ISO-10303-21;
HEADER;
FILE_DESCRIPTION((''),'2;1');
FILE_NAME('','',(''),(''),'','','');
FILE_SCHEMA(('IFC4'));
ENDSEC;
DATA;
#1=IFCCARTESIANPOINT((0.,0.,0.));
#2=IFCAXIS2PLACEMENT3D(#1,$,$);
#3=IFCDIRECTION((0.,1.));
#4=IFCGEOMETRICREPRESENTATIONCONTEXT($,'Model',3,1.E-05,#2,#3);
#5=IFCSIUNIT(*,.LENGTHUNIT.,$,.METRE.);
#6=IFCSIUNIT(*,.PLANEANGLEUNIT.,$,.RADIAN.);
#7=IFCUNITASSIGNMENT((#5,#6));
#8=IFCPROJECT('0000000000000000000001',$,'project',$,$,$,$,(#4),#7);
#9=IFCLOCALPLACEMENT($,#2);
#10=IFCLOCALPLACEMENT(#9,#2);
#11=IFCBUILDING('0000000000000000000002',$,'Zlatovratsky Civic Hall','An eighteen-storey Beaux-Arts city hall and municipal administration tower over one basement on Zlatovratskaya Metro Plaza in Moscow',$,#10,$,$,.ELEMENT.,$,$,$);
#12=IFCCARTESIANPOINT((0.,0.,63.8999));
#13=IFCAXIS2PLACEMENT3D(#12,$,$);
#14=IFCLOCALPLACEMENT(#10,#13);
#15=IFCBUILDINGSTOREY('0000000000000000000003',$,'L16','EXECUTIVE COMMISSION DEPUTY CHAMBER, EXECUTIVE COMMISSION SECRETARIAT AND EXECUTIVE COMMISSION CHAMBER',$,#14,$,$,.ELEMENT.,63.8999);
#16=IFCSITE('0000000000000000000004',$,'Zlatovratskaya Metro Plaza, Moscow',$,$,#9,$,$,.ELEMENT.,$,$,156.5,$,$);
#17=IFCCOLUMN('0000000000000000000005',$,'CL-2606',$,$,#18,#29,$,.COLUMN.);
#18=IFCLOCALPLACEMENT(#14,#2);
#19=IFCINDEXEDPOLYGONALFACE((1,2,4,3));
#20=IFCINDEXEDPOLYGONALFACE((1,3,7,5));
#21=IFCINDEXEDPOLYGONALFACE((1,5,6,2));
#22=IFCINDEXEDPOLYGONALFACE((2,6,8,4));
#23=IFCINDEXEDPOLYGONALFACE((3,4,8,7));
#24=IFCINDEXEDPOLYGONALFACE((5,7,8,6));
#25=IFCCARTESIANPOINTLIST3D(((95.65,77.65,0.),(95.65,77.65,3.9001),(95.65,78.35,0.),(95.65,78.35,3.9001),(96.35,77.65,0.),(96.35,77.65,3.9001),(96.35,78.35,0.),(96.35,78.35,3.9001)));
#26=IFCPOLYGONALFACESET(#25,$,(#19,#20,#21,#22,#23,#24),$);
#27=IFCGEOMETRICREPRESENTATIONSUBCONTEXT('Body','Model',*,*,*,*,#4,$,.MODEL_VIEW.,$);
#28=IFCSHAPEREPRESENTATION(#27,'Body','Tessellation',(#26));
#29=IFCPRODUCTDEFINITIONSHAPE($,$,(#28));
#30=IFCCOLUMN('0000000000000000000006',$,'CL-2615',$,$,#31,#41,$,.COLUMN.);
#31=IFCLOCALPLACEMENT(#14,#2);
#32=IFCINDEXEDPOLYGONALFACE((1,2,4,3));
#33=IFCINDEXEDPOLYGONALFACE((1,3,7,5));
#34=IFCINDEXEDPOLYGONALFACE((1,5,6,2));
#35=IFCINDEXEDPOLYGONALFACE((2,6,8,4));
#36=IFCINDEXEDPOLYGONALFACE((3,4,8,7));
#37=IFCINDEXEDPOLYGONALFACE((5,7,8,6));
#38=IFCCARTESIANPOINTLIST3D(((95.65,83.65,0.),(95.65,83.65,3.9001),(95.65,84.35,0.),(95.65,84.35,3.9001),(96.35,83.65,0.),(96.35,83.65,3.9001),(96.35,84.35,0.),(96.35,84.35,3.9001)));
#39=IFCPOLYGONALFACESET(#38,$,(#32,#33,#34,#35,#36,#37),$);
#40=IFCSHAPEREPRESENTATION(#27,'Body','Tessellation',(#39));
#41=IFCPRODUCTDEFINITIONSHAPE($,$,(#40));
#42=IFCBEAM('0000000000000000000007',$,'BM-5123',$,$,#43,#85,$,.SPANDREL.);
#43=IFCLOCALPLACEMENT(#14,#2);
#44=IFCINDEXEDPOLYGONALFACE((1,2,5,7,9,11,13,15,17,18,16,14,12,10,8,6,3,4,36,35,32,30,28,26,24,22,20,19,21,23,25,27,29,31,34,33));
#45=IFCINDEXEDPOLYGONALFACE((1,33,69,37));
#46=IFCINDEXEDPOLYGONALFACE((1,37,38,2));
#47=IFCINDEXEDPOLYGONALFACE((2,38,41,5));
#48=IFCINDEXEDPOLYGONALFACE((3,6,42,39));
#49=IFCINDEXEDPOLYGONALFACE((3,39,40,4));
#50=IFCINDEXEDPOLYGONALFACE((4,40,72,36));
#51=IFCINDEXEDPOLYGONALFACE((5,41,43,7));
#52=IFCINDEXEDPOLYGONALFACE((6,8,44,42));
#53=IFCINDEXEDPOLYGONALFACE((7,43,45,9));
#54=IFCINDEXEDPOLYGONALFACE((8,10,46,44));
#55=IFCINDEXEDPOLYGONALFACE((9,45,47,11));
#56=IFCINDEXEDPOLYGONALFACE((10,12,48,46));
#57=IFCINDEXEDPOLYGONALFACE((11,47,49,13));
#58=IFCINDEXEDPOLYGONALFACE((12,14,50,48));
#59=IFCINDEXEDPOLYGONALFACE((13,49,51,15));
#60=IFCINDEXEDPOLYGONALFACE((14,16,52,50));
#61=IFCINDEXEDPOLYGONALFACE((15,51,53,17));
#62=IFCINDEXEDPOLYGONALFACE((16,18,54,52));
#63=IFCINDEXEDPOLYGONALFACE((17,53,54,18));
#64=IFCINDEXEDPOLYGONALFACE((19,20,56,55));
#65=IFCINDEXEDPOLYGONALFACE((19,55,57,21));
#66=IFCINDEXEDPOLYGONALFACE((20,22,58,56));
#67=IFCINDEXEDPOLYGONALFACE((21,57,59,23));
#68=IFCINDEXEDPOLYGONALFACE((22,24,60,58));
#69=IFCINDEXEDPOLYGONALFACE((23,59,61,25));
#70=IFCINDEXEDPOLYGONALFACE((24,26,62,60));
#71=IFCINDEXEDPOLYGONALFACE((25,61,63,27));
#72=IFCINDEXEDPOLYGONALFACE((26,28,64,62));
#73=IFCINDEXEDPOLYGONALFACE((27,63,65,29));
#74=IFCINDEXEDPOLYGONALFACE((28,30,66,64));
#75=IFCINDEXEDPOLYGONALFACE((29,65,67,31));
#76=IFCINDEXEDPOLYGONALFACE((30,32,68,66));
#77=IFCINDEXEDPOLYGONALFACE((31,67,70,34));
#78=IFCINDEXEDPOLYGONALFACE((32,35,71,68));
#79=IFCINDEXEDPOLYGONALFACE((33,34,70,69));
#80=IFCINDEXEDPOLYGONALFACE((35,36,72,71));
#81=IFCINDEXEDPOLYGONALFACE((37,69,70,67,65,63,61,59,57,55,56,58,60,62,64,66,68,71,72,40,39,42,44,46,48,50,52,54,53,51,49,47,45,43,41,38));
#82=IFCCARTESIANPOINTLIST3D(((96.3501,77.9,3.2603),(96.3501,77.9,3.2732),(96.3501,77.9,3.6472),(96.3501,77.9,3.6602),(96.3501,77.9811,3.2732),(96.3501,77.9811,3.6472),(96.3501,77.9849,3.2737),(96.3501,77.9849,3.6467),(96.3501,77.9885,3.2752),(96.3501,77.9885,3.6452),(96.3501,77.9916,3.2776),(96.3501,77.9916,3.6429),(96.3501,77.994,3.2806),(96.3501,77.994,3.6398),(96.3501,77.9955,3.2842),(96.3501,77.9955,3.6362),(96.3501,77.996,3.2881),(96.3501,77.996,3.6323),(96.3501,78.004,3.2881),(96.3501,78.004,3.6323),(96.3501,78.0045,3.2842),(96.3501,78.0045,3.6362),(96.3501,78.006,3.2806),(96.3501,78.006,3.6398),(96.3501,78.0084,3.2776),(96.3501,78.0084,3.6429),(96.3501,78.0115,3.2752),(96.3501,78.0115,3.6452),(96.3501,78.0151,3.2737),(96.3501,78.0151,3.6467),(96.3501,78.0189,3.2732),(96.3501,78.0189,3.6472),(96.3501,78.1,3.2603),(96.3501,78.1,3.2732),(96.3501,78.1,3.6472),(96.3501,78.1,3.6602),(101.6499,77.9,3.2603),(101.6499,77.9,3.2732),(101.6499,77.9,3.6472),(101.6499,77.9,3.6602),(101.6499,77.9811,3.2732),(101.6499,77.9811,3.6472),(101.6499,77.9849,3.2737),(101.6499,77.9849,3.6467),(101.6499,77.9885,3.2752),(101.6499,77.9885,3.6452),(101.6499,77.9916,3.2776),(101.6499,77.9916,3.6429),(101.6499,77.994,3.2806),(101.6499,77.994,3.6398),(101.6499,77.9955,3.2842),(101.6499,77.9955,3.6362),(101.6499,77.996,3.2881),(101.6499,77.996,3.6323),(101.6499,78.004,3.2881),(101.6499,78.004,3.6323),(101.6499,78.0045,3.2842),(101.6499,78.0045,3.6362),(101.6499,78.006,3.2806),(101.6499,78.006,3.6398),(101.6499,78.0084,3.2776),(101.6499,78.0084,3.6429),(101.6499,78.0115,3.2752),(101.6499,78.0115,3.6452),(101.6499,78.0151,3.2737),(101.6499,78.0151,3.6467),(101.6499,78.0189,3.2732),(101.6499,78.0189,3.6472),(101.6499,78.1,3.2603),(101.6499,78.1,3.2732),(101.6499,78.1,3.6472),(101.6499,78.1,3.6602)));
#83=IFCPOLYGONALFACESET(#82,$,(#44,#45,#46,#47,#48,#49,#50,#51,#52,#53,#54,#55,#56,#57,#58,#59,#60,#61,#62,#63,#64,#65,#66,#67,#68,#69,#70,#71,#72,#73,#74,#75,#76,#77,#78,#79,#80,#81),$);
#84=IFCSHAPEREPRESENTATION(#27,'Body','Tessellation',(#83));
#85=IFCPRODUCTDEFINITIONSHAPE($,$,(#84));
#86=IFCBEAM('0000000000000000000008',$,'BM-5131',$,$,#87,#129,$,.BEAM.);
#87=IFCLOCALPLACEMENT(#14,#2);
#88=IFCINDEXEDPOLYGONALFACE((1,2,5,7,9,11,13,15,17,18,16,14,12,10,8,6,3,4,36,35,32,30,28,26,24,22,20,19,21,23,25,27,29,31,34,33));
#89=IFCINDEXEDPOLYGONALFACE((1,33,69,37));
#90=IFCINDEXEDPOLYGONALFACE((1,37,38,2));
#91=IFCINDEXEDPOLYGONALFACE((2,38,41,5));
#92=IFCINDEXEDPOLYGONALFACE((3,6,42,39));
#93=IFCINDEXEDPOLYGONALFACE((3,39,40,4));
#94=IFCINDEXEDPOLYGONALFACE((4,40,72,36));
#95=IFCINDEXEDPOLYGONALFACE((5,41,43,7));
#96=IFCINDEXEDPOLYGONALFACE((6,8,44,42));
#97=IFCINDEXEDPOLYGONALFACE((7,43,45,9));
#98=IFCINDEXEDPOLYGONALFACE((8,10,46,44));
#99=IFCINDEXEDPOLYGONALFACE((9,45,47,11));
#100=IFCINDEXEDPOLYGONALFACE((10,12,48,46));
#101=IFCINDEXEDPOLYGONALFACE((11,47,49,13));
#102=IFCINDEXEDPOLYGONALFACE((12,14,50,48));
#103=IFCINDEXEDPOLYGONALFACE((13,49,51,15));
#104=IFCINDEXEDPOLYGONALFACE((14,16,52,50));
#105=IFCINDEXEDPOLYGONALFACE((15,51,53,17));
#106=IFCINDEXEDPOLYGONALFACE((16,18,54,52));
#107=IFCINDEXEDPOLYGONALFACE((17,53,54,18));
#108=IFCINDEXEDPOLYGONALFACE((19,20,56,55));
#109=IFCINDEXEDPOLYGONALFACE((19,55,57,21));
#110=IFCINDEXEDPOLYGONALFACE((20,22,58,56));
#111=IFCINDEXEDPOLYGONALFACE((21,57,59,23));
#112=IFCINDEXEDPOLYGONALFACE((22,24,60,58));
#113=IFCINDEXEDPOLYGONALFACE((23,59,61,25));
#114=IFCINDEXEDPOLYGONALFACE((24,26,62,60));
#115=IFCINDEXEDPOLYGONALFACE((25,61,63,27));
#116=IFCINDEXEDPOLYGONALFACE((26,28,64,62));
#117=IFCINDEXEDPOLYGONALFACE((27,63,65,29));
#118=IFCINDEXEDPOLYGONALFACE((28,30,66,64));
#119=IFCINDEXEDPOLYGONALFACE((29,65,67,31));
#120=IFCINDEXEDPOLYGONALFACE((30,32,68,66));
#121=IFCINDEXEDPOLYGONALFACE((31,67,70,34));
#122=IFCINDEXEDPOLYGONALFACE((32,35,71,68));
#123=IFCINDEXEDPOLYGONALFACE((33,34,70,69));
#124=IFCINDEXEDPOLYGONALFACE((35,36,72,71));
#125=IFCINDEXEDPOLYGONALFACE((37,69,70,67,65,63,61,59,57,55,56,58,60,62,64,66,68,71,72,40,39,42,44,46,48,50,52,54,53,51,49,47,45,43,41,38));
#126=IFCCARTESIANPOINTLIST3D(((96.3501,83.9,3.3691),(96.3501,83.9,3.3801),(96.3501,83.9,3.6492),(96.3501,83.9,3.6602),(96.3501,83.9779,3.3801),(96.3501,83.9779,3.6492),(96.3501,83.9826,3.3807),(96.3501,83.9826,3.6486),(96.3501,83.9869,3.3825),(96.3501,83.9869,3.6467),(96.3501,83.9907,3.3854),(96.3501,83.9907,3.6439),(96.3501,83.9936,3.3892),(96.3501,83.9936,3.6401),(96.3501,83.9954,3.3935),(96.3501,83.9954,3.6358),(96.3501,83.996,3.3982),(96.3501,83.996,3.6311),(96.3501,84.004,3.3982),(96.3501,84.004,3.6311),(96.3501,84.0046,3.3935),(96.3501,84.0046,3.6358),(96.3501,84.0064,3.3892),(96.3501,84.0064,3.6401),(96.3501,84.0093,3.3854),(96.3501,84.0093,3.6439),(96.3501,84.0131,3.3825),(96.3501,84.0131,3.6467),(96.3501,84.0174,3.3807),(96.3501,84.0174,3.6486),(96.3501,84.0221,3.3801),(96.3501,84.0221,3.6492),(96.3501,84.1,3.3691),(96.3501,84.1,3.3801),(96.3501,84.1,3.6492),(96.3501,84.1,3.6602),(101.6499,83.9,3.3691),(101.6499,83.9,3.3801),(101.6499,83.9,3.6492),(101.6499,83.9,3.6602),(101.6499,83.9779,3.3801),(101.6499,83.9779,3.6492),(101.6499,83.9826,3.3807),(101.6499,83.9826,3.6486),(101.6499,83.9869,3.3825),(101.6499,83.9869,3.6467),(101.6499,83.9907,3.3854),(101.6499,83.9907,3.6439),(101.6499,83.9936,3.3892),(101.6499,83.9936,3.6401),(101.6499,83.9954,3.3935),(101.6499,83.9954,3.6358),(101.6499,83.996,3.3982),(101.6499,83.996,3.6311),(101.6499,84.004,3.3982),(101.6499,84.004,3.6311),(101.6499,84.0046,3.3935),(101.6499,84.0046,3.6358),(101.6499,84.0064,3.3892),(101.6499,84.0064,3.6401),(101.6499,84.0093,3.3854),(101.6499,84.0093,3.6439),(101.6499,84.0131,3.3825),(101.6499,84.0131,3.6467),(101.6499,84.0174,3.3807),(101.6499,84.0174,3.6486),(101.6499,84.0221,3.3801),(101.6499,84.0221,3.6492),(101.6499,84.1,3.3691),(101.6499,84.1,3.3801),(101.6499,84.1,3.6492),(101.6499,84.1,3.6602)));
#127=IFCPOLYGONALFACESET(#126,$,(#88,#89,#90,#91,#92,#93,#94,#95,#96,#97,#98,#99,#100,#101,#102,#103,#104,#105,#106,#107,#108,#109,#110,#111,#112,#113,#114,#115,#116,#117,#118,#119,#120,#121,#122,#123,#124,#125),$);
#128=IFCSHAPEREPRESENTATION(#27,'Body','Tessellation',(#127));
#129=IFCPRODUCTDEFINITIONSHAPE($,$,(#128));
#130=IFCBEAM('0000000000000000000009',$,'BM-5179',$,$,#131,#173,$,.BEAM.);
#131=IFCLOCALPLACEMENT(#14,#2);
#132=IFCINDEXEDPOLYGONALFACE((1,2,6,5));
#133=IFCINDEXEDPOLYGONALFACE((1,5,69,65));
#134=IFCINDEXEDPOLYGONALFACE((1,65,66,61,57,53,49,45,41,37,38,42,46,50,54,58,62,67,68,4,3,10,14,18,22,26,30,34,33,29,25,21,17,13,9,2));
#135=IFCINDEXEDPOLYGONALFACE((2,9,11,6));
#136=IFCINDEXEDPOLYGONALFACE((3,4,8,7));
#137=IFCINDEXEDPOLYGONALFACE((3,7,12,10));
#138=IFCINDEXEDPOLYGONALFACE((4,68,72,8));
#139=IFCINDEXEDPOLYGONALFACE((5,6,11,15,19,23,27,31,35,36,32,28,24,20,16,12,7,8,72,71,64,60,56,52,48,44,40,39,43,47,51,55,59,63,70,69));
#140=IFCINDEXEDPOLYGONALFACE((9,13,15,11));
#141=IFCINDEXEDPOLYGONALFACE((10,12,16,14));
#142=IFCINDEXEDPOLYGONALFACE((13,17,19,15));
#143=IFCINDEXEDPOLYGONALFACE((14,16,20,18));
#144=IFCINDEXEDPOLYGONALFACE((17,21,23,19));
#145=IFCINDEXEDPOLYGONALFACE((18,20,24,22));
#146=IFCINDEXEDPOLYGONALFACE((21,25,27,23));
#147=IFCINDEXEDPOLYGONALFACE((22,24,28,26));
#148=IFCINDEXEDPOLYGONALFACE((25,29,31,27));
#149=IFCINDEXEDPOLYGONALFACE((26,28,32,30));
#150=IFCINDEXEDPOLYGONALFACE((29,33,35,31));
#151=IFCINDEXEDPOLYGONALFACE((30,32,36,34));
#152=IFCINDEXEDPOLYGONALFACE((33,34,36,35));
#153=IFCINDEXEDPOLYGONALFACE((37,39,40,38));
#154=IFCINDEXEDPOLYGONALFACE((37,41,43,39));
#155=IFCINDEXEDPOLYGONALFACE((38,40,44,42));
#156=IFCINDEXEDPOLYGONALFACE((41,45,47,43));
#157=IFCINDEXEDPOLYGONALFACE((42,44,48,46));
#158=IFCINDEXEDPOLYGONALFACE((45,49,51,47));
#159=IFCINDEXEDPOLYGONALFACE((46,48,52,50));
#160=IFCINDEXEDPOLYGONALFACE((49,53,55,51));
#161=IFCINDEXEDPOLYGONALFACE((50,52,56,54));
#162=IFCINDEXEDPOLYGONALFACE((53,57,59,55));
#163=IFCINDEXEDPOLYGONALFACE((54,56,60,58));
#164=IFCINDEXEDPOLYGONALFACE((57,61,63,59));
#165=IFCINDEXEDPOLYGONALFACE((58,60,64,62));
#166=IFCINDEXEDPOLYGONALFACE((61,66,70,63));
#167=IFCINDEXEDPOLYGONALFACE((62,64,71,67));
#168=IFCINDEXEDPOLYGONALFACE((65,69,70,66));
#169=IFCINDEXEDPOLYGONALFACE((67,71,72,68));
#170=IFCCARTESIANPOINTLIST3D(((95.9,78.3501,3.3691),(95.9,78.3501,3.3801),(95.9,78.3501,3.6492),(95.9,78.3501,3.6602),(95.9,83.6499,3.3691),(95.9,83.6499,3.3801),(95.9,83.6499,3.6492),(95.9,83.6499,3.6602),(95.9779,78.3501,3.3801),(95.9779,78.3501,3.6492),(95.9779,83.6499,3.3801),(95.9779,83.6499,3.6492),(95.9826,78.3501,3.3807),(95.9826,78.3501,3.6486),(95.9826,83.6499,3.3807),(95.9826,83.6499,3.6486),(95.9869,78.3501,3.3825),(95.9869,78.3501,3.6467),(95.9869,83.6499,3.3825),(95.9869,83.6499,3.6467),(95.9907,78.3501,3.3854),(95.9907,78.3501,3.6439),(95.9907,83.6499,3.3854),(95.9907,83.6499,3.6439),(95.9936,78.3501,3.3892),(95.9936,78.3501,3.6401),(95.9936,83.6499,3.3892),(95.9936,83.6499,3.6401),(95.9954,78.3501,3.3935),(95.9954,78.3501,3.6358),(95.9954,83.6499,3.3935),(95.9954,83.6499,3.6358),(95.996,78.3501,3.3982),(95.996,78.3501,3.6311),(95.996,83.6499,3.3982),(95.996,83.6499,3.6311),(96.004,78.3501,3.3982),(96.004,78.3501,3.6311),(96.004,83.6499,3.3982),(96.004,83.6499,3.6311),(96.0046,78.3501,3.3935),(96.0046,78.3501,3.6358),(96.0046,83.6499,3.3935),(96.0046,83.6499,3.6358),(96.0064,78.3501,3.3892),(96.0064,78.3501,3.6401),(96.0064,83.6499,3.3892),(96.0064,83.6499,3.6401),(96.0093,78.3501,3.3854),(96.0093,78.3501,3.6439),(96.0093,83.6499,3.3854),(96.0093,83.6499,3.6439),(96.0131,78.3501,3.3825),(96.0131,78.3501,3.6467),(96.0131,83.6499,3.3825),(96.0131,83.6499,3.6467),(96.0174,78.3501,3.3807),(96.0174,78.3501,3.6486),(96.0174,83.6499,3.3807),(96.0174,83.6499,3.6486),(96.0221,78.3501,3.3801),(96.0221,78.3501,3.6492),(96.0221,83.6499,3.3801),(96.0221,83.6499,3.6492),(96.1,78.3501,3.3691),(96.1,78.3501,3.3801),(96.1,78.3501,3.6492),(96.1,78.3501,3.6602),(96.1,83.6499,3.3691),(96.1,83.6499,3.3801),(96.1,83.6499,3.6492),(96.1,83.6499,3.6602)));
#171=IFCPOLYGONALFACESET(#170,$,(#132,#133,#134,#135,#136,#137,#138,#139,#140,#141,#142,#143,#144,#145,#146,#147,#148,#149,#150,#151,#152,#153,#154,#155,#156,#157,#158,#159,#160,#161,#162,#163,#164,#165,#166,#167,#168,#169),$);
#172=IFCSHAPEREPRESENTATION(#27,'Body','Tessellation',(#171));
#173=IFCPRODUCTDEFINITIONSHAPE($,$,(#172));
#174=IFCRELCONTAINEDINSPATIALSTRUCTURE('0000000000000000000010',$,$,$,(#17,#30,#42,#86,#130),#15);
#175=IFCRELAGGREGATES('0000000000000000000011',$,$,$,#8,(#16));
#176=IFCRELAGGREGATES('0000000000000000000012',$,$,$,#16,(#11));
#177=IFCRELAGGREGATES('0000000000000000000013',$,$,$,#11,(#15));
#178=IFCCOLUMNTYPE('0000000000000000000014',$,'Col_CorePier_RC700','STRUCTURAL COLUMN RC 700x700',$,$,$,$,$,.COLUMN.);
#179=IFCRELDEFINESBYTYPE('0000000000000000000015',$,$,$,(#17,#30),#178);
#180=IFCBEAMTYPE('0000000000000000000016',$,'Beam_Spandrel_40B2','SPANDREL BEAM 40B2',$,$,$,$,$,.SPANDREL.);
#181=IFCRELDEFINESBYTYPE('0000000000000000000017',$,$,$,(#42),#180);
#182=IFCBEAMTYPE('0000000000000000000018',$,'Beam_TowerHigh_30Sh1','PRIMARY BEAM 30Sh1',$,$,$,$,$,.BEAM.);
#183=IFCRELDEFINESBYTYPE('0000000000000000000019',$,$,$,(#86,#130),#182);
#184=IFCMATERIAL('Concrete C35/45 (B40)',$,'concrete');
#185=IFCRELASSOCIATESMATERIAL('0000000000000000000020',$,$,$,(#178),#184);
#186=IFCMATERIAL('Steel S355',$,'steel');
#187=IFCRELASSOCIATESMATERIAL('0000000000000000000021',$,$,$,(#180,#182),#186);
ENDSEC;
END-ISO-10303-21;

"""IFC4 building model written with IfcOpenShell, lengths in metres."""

from ifc_helpers import new_model, si_unit, direction, frame, origin, origin_2d, place, context, subcontext, project, spatial, rectangle, i_section, extrude, material, material_profile, profile_set, type_object, element, save


model = new_model("IFC4")

# Units and contexts
model_context = context("Model", 3, precision=1e-05, world=origin(), true_north=direction((0.0, 1.0)))
body_context = subcontext(model_context, "Body", "Model", "MODEL_VIEW")
ifc_project = project(units=[si_unit("LENGTHUNIT", "METRE"), si_unit("PLANEANGLEUNIT", "RADIAN")], contexts=[model_context])

# Site, building, storey
site_placement = place(None, origin())
site = spatial("IfcSite", under=ifc_project, at=site_placement, Name="Zlatovratskaya Metro Plaza, Moscow", CompositionType="ELEMENT", RefElevation=156.5)
building_placement = place(site_placement, origin())
building = spatial("IfcBuilding", under=site, at=building_placement, Name="Zlatovratsky Civic Hall", Description="An eighteen-storey Beaux-Arts city hall and municipal administration tower over one basement on Zlatovratskaya Metro Plaza in Moscow", CompositionType="ELEMENT")
storey_placement = place(building_placement, frame((0.0, 0.0, 63.8999)))
storey = spatial("IfcBuildingStorey", under=building, at=storey_placement, Name="L16", Description="EXECUTIVE COMMISSION DEPUTY CHAMBER, EXECUTIVE COMMISSION SECRETARIAT AND EXECUTIVE COMMISSION CHAMBER", CompositionType="ELEMENT", Elevation=63.8999)

# Columns
ifc_material_1 = material(Name="Concrete C35/45 (B40)", Category="concrete")
ifc_material_profile_1 = material_profile(ifc_material_1, rectangle(XDim=0.7, YDim=0.7, at=origin_2d()), Name="RC 700x700")
ifc_profile_set_1 = profile_set([ifc_material_profile_1], Name="Concrete C35/45 (B40)")
column_type = type_object("IfcColumnType", Name="Col_CorePier_RC700", Description="STRUCTURAL COLUMN RC 700x700", PredefinedType="COLUMN", material=ifc_profile_set_1)
for number, where, z_axis, x_axis, name in (
    (1, (96.0, 78.0, 0.0), (0.0, 0.0, 1.0), (1.0, 0.0, 0.0), "CL-2606"),
    (2, (96.0, 84.0, 0.0), (0.0, 0.0, 1.0), (1.0, 0.0, 0.0), "CL-2615"),
):
    element("IfcColumn", number, at=place(storey_placement, frame(where, z_axis=z_axis, x_axis=x_axis)), inside=storey, type_object=column_type, Name=name, PredefinedType="COLUMN", context=body_context, shape_type="SweptSolid", body=[
        extrude(rectangle(XDim=0.7, YDim=0.7, at=origin_2d()), origin(), (0.0, 0.0, 1.0), 3.9001),
    ])

# Beams
ifc_material_2 = material(Name="Steel S355", Category="steel")
ifc_material_profile_2 = material_profile(ifc_material_2, i_section(OverallWidth=0.2, OverallDepth=0.3999, WebThickness=0.0081, FlangeThickness=0.0129, FilletRadius=0.0149, at=origin_2d()), Name="40B2")
ifc_profile_set_2 = profile_set([ifc_material_profile_2], Name="Steel S355")
beam_type_1 = type_object("IfcBeamType", Name="Beam_Spandrel_40B2", Description="SPANDREL BEAM 40B2", PredefinedType="SPANDREL", material=ifc_profile_set_2)
beam_placement = place(storey_placement, frame((96.3501, 78.0, 3.4602), z_axis=(1.0, 0.0, 0.0), x_axis=(0.0, 1.0, 0.0)))
element("IfcBeam", 3, at=beam_placement, inside=storey, type_object=beam_type_1, Name="BM-5123", PredefinedType="SPANDREL", context=body_context, shape_type="SweptSolid", body=[
    extrude(i_section(OverallWidth=0.2, OverallDepth=0.3999, WebThickness=0.0081, FlangeThickness=0.0129, FilletRadius=0.0149, at=origin_2d()), origin(), (0.0, 0.0, 1.0), 5.2998),
])
ifc_material_profile_3 = material_profile(ifc_material_2, i_section(OverallWidth=0.2, OverallDepth=0.291, WebThickness=0.0081, FlangeThickness=0.011, FilletRadius=0.0181, at=origin_2d()), Name="30Sh1")
ifc_profile_set_3 = profile_set([ifc_material_profile_3], Name="Steel S355")
beam_type_2 = type_object("IfcBeamType", Name="Beam_TowerHigh_30Sh1", Description="PRIMARY BEAM 30Sh1", PredefinedType="BEAM", material=ifc_profile_set_3)
for number, where, z_axis, x_axis, name in (
    (4, (96.3501, 84.0, 3.5146), (1.0, 0.0, 0.0), (0.0, 1.0, 0.0), "BM-5131"),
    (5, (96.0, 78.3501, 3.5146), (0.0, 1.0, 0.0), (-1.0, 0.0, 0.0), "BM-5179"),
):
    element("IfcBeam", number, at=place(storey_placement, frame(where, z_axis=z_axis, x_axis=x_axis)), inside=storey, type_object=beam_type_2, Name=name, PredefinedType="BEAM", context=body_context, shape_type="SweptSolid", body=[
        extrude(i_section(OverallWidth=0.2, OverallDepth=0.291, WebThickness=0.0081, FlangeThickness=0.011, FilletRadius=0.0181, at=origin_2d()), origin(), (0.0, 0.0, 1.0), 5.2998),
    ])

save(model, "model.ifc")
